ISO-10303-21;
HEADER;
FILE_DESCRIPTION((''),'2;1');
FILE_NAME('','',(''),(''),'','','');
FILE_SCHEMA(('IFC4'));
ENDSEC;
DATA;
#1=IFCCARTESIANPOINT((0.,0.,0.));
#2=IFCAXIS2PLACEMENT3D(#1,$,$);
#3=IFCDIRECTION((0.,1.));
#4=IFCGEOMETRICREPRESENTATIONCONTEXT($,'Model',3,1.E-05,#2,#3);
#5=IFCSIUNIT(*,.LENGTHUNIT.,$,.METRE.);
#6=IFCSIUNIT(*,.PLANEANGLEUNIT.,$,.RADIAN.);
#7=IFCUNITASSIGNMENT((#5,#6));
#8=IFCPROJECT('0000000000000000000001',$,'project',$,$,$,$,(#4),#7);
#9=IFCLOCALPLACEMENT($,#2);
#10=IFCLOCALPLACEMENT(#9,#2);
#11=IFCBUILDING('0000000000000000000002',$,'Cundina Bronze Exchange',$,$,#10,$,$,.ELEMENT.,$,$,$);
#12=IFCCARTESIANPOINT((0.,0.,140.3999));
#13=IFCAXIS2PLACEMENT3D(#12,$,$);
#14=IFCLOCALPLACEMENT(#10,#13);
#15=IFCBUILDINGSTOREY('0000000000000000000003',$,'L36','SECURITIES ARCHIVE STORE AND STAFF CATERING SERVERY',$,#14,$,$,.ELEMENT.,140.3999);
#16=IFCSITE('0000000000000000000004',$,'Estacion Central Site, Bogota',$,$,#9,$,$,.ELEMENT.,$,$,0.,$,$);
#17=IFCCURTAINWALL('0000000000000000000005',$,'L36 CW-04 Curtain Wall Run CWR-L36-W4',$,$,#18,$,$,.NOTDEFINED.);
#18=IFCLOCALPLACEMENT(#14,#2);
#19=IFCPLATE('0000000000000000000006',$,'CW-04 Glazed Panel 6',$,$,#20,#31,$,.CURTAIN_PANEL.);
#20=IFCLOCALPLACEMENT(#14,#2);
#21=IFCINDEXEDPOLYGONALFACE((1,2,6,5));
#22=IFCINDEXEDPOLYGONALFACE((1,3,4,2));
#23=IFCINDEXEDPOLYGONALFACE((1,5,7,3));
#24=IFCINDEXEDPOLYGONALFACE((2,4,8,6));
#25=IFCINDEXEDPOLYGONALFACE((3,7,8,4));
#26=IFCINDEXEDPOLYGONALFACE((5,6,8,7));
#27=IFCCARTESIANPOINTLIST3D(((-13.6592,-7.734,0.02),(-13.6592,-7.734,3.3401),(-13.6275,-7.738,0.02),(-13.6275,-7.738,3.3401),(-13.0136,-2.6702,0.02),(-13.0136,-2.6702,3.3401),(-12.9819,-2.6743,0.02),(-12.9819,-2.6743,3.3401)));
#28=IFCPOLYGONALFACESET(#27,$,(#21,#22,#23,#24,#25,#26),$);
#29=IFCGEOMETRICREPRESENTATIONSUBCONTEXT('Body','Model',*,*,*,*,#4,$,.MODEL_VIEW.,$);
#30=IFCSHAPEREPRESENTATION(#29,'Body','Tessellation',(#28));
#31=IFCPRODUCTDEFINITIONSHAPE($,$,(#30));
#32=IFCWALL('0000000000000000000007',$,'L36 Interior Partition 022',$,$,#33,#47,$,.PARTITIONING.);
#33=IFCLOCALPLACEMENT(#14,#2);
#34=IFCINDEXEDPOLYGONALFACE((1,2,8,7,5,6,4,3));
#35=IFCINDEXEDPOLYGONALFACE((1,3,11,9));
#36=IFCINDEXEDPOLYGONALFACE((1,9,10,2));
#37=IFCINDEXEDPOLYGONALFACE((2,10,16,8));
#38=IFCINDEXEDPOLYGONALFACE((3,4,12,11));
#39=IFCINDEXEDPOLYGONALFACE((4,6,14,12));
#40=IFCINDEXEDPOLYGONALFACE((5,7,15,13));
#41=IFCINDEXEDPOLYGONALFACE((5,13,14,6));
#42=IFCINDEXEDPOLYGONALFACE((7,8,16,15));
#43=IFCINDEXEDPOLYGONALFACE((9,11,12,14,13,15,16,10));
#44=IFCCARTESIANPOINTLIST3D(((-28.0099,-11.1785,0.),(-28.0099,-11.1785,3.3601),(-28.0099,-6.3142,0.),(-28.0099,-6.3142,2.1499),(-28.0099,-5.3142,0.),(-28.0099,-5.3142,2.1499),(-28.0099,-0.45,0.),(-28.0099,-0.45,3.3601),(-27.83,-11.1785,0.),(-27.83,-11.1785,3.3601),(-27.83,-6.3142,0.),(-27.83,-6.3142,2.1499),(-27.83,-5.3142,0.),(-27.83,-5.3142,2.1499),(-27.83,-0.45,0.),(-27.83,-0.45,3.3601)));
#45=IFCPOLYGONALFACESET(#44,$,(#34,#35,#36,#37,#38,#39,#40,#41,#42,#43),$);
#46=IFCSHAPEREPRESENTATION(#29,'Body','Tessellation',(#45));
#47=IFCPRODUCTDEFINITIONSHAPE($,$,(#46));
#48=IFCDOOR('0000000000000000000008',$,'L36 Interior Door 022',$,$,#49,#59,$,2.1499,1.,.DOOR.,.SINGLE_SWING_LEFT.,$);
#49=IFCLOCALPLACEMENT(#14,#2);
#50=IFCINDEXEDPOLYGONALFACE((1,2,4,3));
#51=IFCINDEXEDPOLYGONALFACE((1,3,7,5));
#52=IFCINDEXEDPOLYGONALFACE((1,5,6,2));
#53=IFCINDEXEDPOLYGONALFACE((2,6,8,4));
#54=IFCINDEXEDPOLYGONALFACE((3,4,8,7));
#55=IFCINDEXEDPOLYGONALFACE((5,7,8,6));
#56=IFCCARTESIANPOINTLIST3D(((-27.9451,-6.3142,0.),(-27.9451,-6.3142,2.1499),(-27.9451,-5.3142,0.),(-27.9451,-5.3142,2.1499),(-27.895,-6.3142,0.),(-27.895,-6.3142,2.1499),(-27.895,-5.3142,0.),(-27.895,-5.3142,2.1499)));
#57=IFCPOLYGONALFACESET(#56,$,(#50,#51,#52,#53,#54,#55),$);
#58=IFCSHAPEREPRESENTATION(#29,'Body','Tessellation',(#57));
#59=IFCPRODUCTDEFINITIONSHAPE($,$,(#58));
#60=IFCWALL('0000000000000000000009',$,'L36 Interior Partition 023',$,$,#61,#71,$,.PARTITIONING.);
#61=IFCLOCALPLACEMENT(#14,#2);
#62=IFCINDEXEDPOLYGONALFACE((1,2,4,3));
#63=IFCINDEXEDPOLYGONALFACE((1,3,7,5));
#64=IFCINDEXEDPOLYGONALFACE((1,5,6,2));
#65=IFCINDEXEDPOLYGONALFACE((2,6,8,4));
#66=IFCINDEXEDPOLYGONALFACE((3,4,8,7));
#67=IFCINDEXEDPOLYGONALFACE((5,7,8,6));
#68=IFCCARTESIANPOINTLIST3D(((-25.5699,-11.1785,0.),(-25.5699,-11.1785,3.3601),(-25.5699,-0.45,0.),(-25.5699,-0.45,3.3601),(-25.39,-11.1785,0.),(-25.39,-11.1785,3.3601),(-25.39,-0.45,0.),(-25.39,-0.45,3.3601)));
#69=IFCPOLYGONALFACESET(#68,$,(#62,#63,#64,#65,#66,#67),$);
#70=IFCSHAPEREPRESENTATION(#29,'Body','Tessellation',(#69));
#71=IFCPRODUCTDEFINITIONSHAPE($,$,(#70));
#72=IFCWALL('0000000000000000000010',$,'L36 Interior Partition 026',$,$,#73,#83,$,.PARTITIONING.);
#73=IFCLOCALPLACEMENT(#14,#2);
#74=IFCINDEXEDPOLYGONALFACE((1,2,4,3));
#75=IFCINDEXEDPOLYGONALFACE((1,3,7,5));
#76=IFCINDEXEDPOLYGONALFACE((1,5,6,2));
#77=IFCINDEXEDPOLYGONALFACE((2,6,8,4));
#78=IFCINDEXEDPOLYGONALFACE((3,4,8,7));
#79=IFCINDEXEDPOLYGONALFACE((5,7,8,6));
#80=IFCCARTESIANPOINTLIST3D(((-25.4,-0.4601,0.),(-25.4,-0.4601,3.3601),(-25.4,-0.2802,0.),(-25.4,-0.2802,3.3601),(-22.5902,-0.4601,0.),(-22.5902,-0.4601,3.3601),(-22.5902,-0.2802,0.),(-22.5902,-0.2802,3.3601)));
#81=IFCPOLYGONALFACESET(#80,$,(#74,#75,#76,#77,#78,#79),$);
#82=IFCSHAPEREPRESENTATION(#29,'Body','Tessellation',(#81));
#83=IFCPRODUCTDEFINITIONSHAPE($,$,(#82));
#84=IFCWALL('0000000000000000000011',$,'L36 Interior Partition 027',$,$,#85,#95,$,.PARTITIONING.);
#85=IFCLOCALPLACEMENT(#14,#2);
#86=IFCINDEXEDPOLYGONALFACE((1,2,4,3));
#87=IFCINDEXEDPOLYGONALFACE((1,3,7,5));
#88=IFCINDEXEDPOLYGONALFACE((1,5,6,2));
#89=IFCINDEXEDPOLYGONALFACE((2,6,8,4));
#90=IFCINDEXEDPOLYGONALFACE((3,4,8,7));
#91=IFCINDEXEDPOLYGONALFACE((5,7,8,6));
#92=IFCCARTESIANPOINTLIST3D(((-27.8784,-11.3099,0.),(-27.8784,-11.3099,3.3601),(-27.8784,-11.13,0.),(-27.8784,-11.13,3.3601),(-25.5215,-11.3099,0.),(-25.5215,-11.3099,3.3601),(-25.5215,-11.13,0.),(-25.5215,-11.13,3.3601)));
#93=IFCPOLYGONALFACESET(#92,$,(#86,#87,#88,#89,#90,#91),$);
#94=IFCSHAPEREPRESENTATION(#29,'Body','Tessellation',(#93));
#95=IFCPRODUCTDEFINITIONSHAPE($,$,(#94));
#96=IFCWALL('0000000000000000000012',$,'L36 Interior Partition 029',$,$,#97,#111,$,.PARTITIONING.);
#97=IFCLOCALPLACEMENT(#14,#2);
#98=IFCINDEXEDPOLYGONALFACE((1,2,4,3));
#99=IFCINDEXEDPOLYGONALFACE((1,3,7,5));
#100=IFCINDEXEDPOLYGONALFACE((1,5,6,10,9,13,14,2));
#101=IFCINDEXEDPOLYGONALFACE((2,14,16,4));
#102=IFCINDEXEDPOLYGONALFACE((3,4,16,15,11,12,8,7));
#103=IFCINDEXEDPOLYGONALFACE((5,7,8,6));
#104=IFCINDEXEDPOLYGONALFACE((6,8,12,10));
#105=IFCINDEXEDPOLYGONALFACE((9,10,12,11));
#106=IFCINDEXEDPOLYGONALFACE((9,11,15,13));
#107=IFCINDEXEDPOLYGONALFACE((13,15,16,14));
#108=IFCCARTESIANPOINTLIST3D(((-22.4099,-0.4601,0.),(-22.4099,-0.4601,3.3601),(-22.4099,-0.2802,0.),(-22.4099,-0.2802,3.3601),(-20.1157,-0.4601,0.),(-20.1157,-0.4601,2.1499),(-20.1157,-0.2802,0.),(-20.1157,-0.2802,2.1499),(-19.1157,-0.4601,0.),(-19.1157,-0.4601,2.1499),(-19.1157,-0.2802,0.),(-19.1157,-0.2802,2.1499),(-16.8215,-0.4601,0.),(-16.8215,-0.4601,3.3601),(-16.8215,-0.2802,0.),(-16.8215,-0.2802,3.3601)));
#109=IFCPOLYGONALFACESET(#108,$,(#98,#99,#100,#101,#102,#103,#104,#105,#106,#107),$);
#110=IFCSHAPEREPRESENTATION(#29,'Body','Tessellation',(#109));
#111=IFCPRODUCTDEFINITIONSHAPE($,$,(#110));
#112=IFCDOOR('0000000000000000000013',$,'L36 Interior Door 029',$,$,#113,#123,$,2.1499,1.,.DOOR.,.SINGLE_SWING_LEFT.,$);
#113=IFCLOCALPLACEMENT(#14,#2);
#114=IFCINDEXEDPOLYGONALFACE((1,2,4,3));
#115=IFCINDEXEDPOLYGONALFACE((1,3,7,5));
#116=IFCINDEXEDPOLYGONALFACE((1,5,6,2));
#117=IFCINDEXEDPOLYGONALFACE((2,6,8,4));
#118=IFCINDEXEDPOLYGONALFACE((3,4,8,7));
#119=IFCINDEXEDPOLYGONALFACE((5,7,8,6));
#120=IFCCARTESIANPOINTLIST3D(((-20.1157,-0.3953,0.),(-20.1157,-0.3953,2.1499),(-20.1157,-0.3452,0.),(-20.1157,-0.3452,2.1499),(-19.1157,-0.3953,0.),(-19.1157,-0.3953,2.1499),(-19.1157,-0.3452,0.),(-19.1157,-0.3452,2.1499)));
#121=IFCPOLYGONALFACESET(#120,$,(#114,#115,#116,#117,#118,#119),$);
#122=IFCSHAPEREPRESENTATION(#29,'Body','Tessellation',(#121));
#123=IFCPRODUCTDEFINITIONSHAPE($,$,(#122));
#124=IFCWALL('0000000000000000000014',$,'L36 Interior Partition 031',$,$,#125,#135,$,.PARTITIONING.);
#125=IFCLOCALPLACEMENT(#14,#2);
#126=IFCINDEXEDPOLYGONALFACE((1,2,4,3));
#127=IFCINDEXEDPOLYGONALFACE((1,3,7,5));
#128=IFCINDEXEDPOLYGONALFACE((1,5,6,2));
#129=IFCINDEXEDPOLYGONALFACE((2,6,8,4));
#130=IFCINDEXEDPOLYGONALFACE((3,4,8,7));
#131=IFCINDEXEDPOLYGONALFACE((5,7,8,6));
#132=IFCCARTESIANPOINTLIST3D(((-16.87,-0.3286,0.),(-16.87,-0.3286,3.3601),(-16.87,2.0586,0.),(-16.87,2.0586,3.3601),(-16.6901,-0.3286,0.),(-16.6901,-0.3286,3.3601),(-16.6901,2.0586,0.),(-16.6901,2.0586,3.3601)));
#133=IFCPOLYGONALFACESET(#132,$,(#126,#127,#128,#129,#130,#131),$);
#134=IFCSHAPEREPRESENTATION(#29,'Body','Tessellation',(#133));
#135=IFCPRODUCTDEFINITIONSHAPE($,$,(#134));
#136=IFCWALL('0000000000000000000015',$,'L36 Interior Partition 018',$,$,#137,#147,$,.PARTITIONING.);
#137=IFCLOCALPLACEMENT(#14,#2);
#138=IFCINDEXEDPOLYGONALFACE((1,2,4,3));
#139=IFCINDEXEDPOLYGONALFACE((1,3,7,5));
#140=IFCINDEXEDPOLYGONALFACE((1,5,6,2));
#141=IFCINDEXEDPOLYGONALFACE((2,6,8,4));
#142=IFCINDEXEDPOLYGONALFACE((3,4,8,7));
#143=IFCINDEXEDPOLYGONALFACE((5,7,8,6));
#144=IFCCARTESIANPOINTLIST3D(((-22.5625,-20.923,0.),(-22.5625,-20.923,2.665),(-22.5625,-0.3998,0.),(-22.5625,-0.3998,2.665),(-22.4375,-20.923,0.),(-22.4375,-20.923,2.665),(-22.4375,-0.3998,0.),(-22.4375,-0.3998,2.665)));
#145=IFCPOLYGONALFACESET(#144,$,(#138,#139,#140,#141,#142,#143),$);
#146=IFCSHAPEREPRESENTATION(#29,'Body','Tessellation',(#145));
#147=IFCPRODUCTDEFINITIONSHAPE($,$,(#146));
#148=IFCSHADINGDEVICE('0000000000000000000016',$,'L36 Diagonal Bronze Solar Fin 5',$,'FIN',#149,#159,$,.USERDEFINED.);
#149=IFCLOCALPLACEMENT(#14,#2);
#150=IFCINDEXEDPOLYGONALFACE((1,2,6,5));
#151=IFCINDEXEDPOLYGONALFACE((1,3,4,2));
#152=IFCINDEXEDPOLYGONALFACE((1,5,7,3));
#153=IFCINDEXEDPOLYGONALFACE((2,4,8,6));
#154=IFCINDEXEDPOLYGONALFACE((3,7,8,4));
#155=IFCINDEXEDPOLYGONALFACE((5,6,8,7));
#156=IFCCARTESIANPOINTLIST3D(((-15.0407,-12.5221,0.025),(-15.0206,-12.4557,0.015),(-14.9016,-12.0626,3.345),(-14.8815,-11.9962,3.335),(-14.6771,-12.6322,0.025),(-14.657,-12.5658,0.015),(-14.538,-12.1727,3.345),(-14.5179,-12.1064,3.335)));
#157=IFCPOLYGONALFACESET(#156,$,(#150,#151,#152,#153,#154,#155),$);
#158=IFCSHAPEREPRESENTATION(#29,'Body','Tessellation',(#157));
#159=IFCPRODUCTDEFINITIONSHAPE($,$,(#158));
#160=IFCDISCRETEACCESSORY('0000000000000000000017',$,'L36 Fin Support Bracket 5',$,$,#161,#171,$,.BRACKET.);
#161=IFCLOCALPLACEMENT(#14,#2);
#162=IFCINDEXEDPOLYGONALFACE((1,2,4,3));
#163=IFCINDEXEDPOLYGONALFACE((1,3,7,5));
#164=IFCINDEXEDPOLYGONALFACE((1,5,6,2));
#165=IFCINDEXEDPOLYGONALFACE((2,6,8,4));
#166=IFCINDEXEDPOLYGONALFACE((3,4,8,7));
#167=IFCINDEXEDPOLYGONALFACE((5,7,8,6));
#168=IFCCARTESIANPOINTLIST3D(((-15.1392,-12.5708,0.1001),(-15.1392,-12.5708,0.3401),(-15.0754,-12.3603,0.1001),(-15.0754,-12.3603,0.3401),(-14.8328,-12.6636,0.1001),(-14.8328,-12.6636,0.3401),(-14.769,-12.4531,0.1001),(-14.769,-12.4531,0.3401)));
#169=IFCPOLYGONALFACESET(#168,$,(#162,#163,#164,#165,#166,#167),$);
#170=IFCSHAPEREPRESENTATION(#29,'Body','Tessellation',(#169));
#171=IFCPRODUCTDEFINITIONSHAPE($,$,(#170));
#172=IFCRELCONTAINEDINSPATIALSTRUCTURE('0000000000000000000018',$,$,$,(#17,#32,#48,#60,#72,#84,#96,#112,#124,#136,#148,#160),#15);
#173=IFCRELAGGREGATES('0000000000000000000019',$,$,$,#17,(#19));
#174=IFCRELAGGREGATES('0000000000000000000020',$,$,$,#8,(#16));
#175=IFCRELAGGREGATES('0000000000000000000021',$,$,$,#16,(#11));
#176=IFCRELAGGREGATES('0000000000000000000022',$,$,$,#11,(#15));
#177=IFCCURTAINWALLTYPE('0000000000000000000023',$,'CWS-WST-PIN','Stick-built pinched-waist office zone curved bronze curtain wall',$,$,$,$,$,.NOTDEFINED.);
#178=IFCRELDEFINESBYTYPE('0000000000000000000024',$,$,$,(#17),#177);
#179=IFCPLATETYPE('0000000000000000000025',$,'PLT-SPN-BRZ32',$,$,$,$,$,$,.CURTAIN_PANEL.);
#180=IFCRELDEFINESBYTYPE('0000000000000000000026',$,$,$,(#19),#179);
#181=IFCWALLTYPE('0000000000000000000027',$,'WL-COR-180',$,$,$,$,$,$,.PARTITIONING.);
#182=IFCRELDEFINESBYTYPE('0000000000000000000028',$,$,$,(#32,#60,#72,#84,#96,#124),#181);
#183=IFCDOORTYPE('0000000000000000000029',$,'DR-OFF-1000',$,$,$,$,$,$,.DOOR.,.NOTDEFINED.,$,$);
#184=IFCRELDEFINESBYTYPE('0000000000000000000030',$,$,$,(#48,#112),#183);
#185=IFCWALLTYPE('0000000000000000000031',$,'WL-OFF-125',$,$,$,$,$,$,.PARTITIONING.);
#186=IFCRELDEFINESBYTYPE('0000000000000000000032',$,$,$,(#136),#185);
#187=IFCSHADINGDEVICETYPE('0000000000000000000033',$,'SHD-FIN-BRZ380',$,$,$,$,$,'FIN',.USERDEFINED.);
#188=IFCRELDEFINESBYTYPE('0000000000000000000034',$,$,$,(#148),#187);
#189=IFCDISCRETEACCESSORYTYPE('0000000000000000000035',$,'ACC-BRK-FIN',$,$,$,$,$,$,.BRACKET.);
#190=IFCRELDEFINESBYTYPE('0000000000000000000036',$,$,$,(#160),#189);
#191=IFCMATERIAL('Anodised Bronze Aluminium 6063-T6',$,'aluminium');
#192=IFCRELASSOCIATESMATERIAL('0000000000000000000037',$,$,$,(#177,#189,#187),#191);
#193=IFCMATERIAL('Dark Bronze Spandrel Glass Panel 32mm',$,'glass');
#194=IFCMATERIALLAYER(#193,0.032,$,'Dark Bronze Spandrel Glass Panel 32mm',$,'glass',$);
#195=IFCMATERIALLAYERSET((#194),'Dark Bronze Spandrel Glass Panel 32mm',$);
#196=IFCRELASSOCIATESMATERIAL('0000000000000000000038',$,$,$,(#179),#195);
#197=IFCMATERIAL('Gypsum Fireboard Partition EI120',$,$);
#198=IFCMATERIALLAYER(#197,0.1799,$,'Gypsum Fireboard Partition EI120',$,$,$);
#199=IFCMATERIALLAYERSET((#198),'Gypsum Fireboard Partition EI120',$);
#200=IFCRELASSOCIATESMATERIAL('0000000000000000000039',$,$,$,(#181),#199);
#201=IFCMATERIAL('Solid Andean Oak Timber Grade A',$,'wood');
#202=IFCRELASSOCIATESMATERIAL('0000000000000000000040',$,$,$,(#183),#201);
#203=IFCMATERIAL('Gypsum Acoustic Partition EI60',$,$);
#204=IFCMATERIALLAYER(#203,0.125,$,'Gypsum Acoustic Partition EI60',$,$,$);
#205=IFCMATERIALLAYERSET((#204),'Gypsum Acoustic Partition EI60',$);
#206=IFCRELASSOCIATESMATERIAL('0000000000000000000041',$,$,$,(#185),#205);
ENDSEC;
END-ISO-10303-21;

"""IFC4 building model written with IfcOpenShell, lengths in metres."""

from ifc_helpers import new_model, si_unit, direction, frame, frame_2d, origin, origin_2d, place, context, subcontext, project, spatial, rectangle, extrude, material, layer, layer_set, material_profile, profile_set, type_object, element, fill, aggregate, save


model = new_model("IFC4")

# Units and contexts
model_context = context("Model", 3, precision=1e-05, world=origin(), true_north=direction((0.0, 1.0)))
body_context = subcontext(model_context, "Body", "Model", "MODEL_VIEW")
ifc_project = project(units=[si_unit("LENGTHUNIT", "METRE"), si_unit("PLANEANGLEUNIT", "RADIAN")], contexts=[model_context])

# Site, building, storey
site_placement = place(None, origin())
site = spatial("IfcSite", under=ifc_project, at=site_placement, Name="Estacion Central Site, Bogota", CompositionType="ELEMENT", RefElevation=0.0)
building_placement = place(site_placement, origin())
building = spatial("IfcBuilding", under=site, at=building_placement, Name="Cundina Bronze Exchange", CompositionType="ELEMENT")
storey_placement = place(building_placement, frame((0.0, 0.0, 140.3999)))
storey = spatial("IfcBuildingStorey", under=building, at=storey_placement, Name="L36", Description="SECURITIES ARCHIVE STORE AND STAFF CATERING SERVERY", CompositionType="ELEMENT", Elevation=140.3999)

# Curtain wall, plate
ifc_material_1 = material(Name="Anodised Bronze Aluminium 6063-T6", Category="aluminium")
curtain_wall_type = type_object("IfcCurtainWallType", Name="CWS-WST-PIN", Description="Stick-built pinched-waist office zone curved bronze curtain wall", PredefinedType="NOTDEFINED", material=ifc_material_1)
curtain_wall_placement = place(storey_placement, origin())
curtain_wall = element("IfcCurtainWall", 1, at=curtain_wall_placement, inside=storey, type_object=curtain_wall_type, Name="L36 CW-04 Curtain Wall Run CWR-L36-W4", PredefinedType="NOTDEFINED")
ifc_material_2 = material(Name="Dark Bronze Spandrel Glass Panel 32mm", Category="glass")
ifc_layer_1 = layer(ifc_material_2, 0.032, Name="Dark Bronze Spandrel Glass Panel 32mm", Category="glass")
ifc_layer_set_1 = layer_set([ifc_layer_1], Name="Dark Bronze Spandrel Glass Panel 32mm")
plate_type_1 = type_object("IfcPlateType", Name="PLT-SPN-BRZ32", PredefinedType="CURTAIN_PANEL", material=ifc_layer_set_1)
plate_1_placement = place(storey_placement, frame((-13.3206, -5.2041, 0.02), z_axis=(0.0, 0.0, 1.0), x_axis=(0.126476, 0.99197, 0.0)))
plate_1 = element("IfcPlate", 2, at=plate_1_placement, type_object=plate_type_1, Name="CW-04 Glazed Panel 6", PredefinedType="CURTAIN_PANEL", context=body_context, shape_type="SweptSolid", body=[
    extrude(rectangle(XDim=5.1047, YDim=0.032, at=origin_2d()), origin(), (0.0, 0.0, 1.0), 3.3201),
])
aggregate(curtain_wall, [plate_1])

# Wall, opening, door
ifc_material_3 = material(Name="Gypsum Fireboard Partition EI120")
ifc_layer_2 = layer(ifc_material_3, 0.1799, Name="Gypsum Fireboard Partition EI120")
ifc_layer_set_2 = layer_set([ifc_layer_2], Name="Gypsum Fireboard Partition EI120")
wall_type_1 = type_object("IfcWallType", Name="WL-COR-180", PredefinedType="PARTITIONING", material=ifc_layer_set_2)
wall_1_placement = place(storey_placement, frame((-27.9199, -0.45, 0.0), z_axis=(0.0, 0.0, 1.0), x_axis=(0.0, -1.0, 0.0)))
wall_1 = element("IfcWall", 3, at=wall_1_placement, inside=storey, type_object=wall_type_1, Name="L36 Interior Partition 022", PredefinedType="PARTITIONING", context=body_context, shape_type="SweptSolid", body=[
    extrude(rectangle(XDim=10.7285, YDim=0.1799, at=frame_2d((5.3643, 0.0))), origin(), (0.0, 0.0, 1.0), 3.3601),
])
opening_1_placement = place(wall_1_placement, frame((4.8643, 0.0, 0.0)))
opening_1 = element("IfcOpeningElement", 4, at=opening_1_placement, cuts=wall_1, PredefinedType="OPENING", context=body_context, shape_type="SweptSolid", body=[
    extrude(rectangle(XDim=1.0, YDim=2.1499, at=frame_2d((0.5, 1.075))), frame((0.0, 0.0999, 0.0), z_axis=(0.0, -1.0, 0.0), x_axis=(1.0, 0.0, 0.0)), (0.0, 0.0, 1.0), 0.2),
])
ifc_material_4 = material(Name="Solid Andean Oak Timber Grade A", Category="wood")
door_type = type_object("IfcDoorType", Name="DR-OFF-1000", OperationType="NOTDEFINED", PredefinedType="DOOR", material=ifc_material_4)
door_1_placement = place(opening_1_placement, origin())
door_1 = element("IfcDoor", 5, at=door_1_placement, inside=storey, type_object=door_type, Name="L36 Interior Door 022", OperationType="SINGLE_SWING_LEFT", OverallHeight=2.1499, OverallWidth=1.0, PredefinedType="DOOR", context=body_context, shape_type="SweptSolid", body=[
    extrude(rectangle(XDim=1.0, YDim=2.1499, at=frame_2d((0.5, 1.075))), frame((0.0, 0.0249, 0.0), z_axis=(0.0, -1.0, 0.0), x_axis=(1.0, 0.0, 0.0)), (0.0, 0.0, 1.0), 0.05),
])
fill(opening_1, door_1)

# Walls
wall_2_placement = place(storey_placement, frame((-25.48, -11.1785, 0.0), z_axis=(0.0, 0.0, 1.0), x_axis=(0.0, 1.0, 0.0)))
element("IfcWall", 6, at=wall_2_placement, inside=storey, type_object=wall_type_1, Name="L36 Interior Partition 023", PredefinedType="PARTITIONING", context=body_context, shape_type="SweptSolid", body=[
    extrude(rectangle(XDim=10.7285, YDim=0.1799, at=frame_2d((5.3643, 0.0))), origin(), (0.0, 0.0, 1.0), 3.3601),
])
wall_3_placement = place(storey_placement, frame((-25.3999, -0.3701, 0.0), z_axis=(0.0, 0.0, 1.0), x_axis=(1.0, 0.0, 0.0)))
element("IfcWall", 7, at=wall_3_placement, inside=storey, type_object=wall_type_1, Name="L36 Interior Partition 026", PredefinedType="PARTITIONING", context=body_context, shape_type="SweptSolid", body=[
    extrude(rectangle(XDim=2.8098, YDim=0.1799, at=frame_2d((1.4048, 0.0))), origin(), (0.0, 0.0, 1.0), 3.3601),
])
wall_4_placement = place(storey_placement, frame((-27.8784, -11.22, 0.0), z_axis=(0.0, 0.0, 1.0), x_axis=(1.0, 0.0, 0.0)))
element("IfcWall", 8, at=wall_4_placement, inside=storey, type_object=wall_type_1, Name="L36 Interior Partition 027", PredefinedType="PARTITIONING", context=body_context, shape_type="SweptSolid", body=[
    extrude(rectangle(XDim=2.3569, YDim=0.1799, at=frame_2d((1.1785, 0.0))), origin(), (0.0, 0.0, 1.0), 3.3601),
])

# Wall, opening, door
wall_5_placement = place(storey_placement, frame((-22.4099, -0.3701, 0.0), z_axis=(0.0, 0.0, 1.0), x_axis=(1.0, 0.0, 0.0)))
wall_5 = element("IfcWall", 9, at=wall_5_placement, inside=storey, type_object=wall_type_1, Name="L36 Interior Partition 029", PredefinedType="PARTITIONING", context=body_context, shape_type="SweptSolid", body=[
    extrude(rectangle(XDim=5.5884, YDim=0.1799, at=frame_2d((2.7942, 0.0))), origin(), (0.0, 0.0, 1.0), 3.3601),
])
opening_2_placement = place(wall_5_placement, frame((2.2942, 0.0, 0.0)))
opening_2 = element("IfcOpeningElement", 10, at=opening_2_placement, cuts=wall_5, PredefinedType="OPENING", context=body_context, shape_type="SweptSolid", body=[
    extrude(rectangle(XDim=1.0, YDim=2.1499, at=frame_2d((0.5, 1.075))), frame((0.0, 0.0999, 0.0), z_axis=(0.0, -1.0, 0.0), x_axis=(1.0, 0.0, 0.0)), (0.0, 0.0, 1.0), 0.2),
])
door_2_placement = place(opening_2_placement, origin())
door_2 = element("IfcDoor", 11, at=door_2_placement, inside=storey, type_object=door_type, Name="L36 Interior Door 029", OperationType="SINGLE_SWING_LEFT", OverallHeight=2.1499, OverallWidth=1.0, PredefinedType="DOOR", context=body_context, shape_type="SweptSolid", body=[
    extrude(rectangle(XDim=1.0, YDim=2.1499, at=frame_2d((0.5, 1.075))), frame((0.0, 0.0249, 0.0), z_axis=(0.0, -1.0, 0.0), x_axis=(1.0, 0.0, 0.0)), (0.0, 0.0, 1.0), 0.05),
])
fill(opening_2, door_2)

# Walls
wall_6_placement = place(storey_placement, frame((-16.78, -0.3286, 0.0), z_axis=(0.0, 0.0, 1.0), x_axis=(0.0, 1.0, 0.0)))
element("IfcWall", 12, at=wall_6_placement, inside=storey, type_object=wall_type_1, Name="L36 Interior Partition 031", PredefinedType="PARTITIONING", context=body_context, shape_type="SweptSolid", body=[
    extrude(rectangle(XDim=2.3872, YDim=0.1799, at=frame_2d((1.1936, 0.0))), origin(), (0.0, 0.0, 1.0), 3.3601),
])
ifc_material_5 = material(Name="Gypsum Acoustic Partition EI60")
ifc_layer_3 = layer(ifc_material_5, 0.125, Name="Gypsum Acoustic Partition EI60")
ifc_layer_set_3 = layer_set([ifc_layer_3], Name="Gypsum Acoustic Partition EI60")
wall_type_2 = type_object("IfcWallType", Name="WL-OFF-125", PredefinedType="PARTITIONING", material=ifc_layer_set_3)
wall_7_placement = place(storey_placement, frame((-22.5, -20.9231, 0.0), z_axis=(0.0, 0.0, 1.0), x_axis=(0.0, 1.0, 0.0)))
element("IfcWall", 13, at=wall_7_placement, inside=storey, type_object=wall_type_2, Name="L36 Interior Partition 018", PredefinedType="PARTITIONING", context=body_context, shape_type="SweptSolid", body=[
    extrude(rectangle(XDim=20.5232, YDim=0.125, at=frame_2d((10.2617, 0.0))), origin(), (0.0, 0.0, 1.0), 2.665),
])

# Shading device
ifc_material_profile_1 = material_profile(ifc_material_1, rectangle(XDim=0.0701, YDim=0.3799, at=origin_2d()), Name="FIN70X380", Category="aluminium")
ifc_profile_set_1 = profile_set([ifc_material_profile_1], Name="Anodised Bronze Aluminium 6063-T6")
shading_device_type = type_object("IfcShadingDeviceType", Name="SHD-FIN-BRZ380", ElementType="FIN", PredefinedType="USERDEFINED", material=ifc_profile_set_1)
shading_device_placement = place(storey_placement, frame((-14.8489, -12.5439, 0.02), z_axis=(0.041483, 0.136968, 0.989706), x_axis=(-0.286883, -0.947216, 0.143112)))
element("IfcShadingDevice", 14, at=shading_device_placement, inside=storey, type_object=shading_device_type, Name="L36 Diagonal Bronze Solar Fin 5", ObjectType="FIN", PredefinedType="USERDEFINED", context=body_context, shape_type="SweptSolid", body=[
    extrude(rectangle(XDim=0.0701, YDim=0.3799, at=origin_2d()), origin(), (0.0, 0.0, 1.0), 3.3545),
])

# Discrete accessory
discrete_accessory_type = type_object("IfcDiscreteAccessoryType", Name="ACC-BRK-FIN", PredefinedType="BRACKET", material=ifc_material_1)
discrete_accessory_placement = place(storey_placement, frame((-14.9541, -12.512, 0.1001), z_axis=(0.0, 0.0, 1.0), x_axis=(0.290051, 0.957011, 0.0)))
element("IfcDiscreteAccessory", 15, at=discrete_accessory_placement, inside=storey, type_object=discrete_accessory_type, Name="L36 Fin Support Bracket 5", PredefinedType="BRACKET", context=body_context, shape_type="SweptSolid", body=[
    extrude(rectangle(XDim=0.22, YDim=0.3201, at=origin_2d()), origin(), (0.0, 0.0, 1.0), 0.24),
])

save(model, "model.ifc")
